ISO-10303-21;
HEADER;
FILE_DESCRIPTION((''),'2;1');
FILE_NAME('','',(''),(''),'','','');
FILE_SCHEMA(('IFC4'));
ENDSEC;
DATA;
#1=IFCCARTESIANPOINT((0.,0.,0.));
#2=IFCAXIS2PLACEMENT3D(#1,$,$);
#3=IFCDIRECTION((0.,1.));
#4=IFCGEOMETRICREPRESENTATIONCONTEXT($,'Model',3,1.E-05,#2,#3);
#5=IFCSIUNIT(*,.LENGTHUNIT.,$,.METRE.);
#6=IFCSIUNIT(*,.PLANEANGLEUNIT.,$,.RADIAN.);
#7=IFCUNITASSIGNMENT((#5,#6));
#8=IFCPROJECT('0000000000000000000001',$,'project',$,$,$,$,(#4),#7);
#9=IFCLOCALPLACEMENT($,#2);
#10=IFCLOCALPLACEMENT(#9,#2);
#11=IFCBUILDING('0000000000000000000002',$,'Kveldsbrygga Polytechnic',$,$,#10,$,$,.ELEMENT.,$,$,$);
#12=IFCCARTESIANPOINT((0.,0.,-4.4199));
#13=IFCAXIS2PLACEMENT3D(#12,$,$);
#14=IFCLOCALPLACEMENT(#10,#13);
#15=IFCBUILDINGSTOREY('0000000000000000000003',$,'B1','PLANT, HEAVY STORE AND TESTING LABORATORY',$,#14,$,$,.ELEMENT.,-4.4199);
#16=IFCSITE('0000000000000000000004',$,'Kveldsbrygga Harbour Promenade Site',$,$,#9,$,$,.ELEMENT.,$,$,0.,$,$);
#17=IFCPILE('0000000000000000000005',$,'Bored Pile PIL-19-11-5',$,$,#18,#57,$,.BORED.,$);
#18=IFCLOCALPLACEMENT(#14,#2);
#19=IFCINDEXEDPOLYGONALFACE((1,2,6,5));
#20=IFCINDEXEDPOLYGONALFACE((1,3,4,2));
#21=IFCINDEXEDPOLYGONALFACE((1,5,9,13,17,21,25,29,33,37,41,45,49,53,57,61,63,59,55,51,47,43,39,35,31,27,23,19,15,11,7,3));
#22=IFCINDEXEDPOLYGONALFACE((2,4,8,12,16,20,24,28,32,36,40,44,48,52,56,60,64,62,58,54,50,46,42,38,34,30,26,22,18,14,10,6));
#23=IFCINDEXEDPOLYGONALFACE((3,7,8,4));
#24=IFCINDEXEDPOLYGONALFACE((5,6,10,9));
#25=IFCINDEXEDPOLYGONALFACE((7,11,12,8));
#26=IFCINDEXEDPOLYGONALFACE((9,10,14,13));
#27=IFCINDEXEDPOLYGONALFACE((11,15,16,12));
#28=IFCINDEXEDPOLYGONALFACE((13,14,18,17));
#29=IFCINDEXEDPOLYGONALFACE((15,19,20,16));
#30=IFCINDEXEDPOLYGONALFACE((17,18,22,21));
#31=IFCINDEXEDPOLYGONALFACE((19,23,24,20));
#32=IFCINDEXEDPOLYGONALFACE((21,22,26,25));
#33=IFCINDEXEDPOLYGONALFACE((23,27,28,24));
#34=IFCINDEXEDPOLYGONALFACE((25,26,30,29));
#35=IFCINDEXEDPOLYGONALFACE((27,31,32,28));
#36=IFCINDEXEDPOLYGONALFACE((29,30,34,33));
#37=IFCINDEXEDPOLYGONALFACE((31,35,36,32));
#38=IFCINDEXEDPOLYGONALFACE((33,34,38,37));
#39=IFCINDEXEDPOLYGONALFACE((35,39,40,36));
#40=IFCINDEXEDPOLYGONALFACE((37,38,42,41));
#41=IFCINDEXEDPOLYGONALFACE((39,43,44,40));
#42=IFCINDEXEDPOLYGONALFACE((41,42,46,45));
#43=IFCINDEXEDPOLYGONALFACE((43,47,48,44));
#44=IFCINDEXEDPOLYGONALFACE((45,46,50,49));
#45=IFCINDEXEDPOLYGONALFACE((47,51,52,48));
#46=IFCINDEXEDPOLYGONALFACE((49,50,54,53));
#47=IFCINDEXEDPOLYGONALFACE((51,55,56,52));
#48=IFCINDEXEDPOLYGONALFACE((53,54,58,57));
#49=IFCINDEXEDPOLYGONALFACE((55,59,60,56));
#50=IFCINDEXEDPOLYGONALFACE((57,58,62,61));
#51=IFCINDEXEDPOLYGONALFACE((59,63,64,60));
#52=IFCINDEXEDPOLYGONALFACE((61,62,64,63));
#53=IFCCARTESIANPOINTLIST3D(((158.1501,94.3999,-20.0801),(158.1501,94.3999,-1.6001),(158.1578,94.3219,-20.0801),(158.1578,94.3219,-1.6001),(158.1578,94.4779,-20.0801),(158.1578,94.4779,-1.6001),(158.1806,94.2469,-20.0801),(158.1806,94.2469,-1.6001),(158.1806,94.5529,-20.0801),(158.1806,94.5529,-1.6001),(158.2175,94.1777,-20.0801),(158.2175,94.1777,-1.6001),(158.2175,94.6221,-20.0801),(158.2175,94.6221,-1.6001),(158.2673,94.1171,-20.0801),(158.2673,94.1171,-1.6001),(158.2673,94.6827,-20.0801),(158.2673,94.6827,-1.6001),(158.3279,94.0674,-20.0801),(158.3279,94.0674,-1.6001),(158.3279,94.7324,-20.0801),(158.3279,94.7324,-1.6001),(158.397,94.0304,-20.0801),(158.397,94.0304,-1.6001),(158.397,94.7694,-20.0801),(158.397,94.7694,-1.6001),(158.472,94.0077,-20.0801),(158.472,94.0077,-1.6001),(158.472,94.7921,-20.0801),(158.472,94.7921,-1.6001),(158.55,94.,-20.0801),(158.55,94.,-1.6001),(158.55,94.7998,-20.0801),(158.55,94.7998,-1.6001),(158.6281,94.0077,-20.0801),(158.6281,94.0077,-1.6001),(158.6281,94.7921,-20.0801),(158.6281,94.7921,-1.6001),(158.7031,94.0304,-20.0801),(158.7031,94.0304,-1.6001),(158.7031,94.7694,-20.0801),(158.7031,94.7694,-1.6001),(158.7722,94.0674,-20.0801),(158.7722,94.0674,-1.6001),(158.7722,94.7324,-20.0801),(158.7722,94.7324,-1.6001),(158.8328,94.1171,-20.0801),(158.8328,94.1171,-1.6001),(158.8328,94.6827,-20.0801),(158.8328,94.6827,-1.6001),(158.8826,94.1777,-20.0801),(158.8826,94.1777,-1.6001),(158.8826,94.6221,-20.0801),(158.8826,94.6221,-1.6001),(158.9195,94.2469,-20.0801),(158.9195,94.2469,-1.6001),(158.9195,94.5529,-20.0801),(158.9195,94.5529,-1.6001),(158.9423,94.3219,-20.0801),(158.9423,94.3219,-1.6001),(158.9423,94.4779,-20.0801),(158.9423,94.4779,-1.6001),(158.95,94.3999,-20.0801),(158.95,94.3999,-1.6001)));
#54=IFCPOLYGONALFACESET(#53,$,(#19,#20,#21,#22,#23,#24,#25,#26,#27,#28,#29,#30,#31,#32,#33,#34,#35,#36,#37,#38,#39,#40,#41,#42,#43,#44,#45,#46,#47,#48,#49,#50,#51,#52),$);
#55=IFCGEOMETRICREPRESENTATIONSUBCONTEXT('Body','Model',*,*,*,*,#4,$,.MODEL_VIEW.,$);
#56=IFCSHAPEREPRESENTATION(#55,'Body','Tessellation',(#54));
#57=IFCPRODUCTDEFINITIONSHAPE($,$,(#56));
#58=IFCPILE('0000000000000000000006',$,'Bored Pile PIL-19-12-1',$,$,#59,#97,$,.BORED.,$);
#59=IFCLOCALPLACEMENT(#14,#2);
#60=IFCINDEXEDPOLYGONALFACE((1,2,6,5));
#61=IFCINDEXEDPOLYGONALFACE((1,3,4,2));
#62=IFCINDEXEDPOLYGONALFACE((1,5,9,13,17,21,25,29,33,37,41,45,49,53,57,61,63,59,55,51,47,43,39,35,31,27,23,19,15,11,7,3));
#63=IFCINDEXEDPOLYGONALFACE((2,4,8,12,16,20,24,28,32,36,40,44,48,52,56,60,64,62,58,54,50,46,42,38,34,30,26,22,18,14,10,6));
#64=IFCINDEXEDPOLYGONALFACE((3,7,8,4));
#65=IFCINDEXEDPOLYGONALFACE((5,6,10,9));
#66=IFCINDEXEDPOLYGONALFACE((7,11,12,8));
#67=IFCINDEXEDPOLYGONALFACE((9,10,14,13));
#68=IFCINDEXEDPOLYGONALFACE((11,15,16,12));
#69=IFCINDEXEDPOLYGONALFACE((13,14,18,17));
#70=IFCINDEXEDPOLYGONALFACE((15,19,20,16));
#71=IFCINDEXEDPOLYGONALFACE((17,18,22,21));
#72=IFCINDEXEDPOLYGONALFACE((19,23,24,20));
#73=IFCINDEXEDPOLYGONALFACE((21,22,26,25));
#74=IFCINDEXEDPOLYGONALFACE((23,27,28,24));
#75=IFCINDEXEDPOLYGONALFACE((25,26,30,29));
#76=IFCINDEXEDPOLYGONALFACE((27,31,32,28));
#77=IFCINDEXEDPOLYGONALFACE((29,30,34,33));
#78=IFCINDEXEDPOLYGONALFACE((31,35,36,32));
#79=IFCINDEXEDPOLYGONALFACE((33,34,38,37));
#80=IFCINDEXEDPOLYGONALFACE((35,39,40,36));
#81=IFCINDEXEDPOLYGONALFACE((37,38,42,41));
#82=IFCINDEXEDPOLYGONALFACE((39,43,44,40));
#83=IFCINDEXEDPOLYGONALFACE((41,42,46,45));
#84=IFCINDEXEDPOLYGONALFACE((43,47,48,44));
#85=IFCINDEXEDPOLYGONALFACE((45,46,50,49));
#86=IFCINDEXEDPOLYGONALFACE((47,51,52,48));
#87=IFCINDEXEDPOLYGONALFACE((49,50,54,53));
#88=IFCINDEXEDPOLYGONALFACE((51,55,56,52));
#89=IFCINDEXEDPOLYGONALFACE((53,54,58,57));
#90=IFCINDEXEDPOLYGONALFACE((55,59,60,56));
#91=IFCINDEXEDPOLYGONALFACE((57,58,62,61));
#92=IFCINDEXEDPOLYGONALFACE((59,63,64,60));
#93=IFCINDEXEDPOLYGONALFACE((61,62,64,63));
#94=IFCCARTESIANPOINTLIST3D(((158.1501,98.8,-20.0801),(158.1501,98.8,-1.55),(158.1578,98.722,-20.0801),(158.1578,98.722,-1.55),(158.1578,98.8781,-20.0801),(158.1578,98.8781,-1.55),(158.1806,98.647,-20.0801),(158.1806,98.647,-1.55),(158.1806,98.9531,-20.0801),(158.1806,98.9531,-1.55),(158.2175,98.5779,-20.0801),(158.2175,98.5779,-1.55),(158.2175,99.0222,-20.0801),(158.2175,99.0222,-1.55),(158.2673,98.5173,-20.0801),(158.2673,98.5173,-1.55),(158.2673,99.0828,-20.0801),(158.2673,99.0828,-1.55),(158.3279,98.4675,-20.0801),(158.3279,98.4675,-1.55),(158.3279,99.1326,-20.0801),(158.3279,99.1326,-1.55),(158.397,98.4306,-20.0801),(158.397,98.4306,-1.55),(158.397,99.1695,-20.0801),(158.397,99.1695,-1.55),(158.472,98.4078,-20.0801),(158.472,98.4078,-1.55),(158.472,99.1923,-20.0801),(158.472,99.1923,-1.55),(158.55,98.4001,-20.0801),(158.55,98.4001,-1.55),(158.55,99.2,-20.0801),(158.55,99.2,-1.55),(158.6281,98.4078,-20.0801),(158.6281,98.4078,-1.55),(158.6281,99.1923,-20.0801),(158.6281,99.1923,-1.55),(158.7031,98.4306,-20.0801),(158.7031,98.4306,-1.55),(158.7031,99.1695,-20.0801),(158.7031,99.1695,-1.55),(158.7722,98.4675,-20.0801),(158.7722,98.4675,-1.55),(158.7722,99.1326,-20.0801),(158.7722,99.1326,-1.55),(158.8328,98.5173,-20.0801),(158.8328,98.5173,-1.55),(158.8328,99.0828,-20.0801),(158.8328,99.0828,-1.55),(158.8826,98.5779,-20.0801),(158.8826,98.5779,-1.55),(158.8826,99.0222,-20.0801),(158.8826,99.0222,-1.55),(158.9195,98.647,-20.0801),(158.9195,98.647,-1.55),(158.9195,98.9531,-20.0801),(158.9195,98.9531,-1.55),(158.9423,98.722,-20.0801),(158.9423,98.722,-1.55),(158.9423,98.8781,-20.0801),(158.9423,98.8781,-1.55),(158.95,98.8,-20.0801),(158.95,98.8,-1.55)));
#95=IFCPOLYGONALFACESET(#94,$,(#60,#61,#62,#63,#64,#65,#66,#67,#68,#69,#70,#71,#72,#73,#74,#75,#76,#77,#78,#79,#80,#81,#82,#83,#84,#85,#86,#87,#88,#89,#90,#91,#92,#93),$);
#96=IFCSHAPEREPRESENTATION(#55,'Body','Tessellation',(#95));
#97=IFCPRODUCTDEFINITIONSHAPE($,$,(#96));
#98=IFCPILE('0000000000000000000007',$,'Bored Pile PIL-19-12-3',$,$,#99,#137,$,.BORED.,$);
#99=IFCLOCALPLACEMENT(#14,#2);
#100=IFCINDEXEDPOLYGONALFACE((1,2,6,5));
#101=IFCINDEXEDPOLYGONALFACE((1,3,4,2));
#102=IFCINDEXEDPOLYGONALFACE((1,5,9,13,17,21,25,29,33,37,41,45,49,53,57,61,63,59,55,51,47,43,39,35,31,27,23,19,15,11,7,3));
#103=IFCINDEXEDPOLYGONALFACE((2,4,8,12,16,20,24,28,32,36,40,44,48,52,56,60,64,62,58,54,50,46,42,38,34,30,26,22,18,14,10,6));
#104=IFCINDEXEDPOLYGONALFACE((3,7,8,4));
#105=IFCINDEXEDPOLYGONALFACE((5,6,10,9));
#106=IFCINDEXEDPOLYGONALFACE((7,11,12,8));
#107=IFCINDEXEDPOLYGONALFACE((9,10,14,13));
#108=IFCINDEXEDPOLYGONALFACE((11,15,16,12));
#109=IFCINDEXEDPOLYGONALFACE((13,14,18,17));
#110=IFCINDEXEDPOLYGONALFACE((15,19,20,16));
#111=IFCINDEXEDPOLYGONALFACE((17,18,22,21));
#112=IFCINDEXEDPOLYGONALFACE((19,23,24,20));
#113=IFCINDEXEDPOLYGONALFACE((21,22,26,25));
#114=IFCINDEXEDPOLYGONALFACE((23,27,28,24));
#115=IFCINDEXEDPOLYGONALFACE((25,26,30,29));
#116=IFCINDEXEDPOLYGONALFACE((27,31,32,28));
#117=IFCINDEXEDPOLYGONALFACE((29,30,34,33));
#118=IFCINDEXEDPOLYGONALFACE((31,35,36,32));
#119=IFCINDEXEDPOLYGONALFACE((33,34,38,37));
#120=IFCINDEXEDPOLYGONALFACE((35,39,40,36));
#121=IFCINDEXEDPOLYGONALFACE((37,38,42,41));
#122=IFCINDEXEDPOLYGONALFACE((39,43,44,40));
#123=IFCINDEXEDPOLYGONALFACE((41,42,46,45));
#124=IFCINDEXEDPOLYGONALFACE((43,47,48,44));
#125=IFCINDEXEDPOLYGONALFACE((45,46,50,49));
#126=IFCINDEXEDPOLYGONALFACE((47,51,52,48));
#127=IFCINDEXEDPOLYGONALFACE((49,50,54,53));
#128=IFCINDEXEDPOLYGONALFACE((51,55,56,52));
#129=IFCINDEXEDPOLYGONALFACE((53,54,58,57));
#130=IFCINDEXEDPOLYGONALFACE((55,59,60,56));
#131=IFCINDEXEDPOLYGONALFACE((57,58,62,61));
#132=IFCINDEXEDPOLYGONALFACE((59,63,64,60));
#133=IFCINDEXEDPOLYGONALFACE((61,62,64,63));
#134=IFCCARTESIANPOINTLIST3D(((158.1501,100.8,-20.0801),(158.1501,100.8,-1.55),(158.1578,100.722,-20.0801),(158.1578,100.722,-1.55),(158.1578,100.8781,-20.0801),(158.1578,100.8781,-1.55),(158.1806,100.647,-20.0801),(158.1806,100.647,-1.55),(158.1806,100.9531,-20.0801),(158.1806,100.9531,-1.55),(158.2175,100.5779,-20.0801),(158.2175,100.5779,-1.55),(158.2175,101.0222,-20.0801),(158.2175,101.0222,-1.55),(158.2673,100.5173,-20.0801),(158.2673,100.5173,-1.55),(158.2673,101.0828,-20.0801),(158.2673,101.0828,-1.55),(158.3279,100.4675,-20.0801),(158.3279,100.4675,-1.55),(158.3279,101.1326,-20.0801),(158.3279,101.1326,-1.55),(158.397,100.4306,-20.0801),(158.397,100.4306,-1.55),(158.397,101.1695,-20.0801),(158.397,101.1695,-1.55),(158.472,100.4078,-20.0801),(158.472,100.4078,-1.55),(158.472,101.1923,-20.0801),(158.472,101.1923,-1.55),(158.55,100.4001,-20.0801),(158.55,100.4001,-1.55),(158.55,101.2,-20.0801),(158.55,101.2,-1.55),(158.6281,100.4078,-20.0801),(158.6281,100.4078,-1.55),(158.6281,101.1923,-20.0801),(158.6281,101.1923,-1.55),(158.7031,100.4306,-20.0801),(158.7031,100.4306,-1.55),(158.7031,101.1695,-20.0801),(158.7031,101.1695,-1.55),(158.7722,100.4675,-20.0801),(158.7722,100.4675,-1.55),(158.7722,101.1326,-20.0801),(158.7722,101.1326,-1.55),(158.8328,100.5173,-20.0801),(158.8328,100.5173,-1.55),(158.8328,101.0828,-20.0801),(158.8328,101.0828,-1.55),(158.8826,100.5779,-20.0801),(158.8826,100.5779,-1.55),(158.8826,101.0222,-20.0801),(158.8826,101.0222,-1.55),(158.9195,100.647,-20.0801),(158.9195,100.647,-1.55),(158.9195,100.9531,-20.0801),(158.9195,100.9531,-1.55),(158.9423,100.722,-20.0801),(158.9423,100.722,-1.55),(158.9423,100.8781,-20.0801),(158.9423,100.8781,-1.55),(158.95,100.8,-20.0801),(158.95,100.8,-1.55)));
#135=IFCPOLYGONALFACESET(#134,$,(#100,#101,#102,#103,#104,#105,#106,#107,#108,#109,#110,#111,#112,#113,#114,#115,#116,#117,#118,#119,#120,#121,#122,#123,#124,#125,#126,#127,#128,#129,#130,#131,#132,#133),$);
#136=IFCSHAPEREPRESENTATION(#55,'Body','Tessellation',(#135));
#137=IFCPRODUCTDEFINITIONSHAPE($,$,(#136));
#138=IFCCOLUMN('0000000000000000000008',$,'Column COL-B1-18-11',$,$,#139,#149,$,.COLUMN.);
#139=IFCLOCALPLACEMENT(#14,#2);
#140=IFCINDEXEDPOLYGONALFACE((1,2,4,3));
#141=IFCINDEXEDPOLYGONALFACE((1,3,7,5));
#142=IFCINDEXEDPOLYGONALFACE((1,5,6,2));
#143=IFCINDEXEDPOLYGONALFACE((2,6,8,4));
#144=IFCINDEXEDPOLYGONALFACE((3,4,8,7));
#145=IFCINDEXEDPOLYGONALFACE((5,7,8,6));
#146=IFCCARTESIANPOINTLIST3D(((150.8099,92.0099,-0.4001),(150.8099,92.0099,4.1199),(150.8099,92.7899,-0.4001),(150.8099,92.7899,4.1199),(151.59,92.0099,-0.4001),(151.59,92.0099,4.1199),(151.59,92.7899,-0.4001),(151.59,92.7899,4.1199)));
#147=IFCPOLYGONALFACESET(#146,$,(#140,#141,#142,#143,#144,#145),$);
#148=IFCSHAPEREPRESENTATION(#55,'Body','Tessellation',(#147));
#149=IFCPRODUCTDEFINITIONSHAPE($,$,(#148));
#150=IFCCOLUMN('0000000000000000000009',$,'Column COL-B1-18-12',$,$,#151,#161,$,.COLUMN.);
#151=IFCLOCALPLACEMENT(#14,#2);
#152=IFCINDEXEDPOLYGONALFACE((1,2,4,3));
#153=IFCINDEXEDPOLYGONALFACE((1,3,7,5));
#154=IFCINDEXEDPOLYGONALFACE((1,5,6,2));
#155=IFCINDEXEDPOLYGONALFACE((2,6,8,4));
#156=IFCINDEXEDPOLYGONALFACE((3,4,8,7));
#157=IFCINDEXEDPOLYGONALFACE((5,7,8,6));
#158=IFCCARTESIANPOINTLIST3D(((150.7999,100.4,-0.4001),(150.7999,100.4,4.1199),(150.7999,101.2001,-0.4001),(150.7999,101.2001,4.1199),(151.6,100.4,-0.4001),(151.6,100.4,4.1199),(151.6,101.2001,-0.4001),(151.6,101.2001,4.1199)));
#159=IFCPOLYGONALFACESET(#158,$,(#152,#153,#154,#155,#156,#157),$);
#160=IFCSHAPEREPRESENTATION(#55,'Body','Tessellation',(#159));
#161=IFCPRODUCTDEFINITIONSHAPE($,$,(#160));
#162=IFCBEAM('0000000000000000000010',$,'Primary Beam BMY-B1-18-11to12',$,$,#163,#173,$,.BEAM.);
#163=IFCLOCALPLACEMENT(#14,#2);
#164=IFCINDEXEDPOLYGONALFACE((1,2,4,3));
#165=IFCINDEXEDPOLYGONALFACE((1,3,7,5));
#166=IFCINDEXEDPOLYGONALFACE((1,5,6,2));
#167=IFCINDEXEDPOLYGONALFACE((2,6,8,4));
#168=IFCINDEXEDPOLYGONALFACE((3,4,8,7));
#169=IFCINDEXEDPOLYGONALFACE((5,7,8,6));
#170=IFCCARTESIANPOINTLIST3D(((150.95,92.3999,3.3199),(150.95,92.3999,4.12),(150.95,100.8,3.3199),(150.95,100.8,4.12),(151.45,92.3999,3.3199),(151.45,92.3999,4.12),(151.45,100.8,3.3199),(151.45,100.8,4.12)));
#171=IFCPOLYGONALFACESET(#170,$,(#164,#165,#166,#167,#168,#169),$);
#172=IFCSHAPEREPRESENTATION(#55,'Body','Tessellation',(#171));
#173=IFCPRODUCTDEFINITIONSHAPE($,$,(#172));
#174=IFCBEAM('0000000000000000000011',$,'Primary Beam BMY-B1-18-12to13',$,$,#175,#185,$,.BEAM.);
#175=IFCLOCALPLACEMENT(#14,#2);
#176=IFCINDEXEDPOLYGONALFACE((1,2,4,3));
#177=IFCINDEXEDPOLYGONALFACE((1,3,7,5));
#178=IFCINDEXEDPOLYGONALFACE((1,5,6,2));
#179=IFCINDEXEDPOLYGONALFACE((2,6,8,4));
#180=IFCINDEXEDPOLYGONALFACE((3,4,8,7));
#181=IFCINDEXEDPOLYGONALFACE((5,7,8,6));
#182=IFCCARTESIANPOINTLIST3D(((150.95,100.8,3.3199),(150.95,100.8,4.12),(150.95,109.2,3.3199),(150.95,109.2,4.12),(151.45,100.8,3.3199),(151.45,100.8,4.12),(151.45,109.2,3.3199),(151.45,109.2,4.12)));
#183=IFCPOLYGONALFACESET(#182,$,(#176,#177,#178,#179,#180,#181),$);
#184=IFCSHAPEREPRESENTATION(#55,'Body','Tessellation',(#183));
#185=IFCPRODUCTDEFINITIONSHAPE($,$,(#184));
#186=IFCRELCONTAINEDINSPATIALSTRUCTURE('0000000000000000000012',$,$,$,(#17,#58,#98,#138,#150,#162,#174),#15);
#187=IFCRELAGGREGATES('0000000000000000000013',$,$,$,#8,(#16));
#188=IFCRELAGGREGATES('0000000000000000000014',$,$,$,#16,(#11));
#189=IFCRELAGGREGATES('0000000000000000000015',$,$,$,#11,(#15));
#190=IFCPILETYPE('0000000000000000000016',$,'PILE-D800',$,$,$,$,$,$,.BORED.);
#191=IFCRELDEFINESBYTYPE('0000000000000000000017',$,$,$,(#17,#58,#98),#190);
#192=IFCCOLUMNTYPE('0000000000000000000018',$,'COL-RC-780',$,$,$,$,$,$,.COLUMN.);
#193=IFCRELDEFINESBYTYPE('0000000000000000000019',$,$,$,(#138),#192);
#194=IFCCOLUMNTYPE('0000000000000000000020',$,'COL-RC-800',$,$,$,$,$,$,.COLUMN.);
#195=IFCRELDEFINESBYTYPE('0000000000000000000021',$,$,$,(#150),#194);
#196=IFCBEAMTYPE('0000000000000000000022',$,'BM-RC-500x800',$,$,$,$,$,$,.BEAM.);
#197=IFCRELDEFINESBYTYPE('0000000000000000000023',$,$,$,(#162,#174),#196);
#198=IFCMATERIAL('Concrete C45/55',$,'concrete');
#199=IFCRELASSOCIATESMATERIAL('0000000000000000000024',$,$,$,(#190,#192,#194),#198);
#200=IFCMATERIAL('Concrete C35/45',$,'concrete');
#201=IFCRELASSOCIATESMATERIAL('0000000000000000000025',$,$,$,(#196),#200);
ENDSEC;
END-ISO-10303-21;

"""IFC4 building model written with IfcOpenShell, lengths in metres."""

from ifc_helpers import new_model, si_unit, direction, frame, origin, origin_2d, place, context, subcontext, project, spatial, rectangle, circle, extrude, material, material_profile, profile_set, type_object, element, save


model = new_model("IFC4")

# Units and contexts
model_context = context("Model", 3, precision=1e-05, world=origin(), true_north=direction((0.0, 1.0)))
body_context = subcontext(model_context, "Body", "Model", "MODEL_VIEW")
ifc_project = project(units=[si_unit("LENGTHUNIT", "METRE"), si_unit("PLANEANGLEUNIT", "RADIAN")], contexts=[model_context])

# Site, building, storey
site_placement = place(None, origin())
site = spatial("IfcSite", under=ifc_project, at=site_placement, Name="Kveldsbrygga Harbour Promenade Site", CompositionType="ELEMENT", RefElevation=0.0)
building_placement = place(site_placement, origin())
building = spatial("IfcBuilding", under=site, at=building_placement, Name="Kveldsbrygga Polytechnic", CompositionType="ELEMENT")
storey_placement = place(building_placement, frame((0.0, 0.0, -4.4199)))
storey = spatial("IfcBuildingStorey", under=building, at=storey_placement, Name="B1", Description="PLANT, HEAVY STORE AND TESTING LABORATORY", CompositionType="ELEMENT", Elevation=-4.4199)

# Shared definitions
ifc_material_1 = material(Name="Concrete C45/55", Category="concrete")

# Piles
ifc_material_profile_1 = material_profile(ifc_material_1, circle(Radius=0.3999, at=origin_2d()), Name="PILE D800")
ifc_profile_set_1 = profile_set([ifc_material_profile_1], Name="Concrete C45/55")
pile_type = type_object("IfcPileType", Name="PILE-D800", PredefinedType="BORED", material=ifc_profile_set_1)
for number, where, z_axis, x_axis, name in (
    (1, (158.55, 94.3999, -1.6001), (0.0, 0.0, -1.0), (1.0, 0.0, 0.0), "Bored Pile PIL-19-11-5"),
):
    element("IfcPile", number, at=place(storey_placement, frame(where, z_axis=z_axis, x_axis=x_axis)), inside=storey, type_object=pile_type, Name=name, PredefinedType="BORED", context=body_context, shape_type="SweptSolid", body=[
        extrude(circle(Radius=0.3999, at=origin_2d()), origin(), (0.0, 0.0, 1.0), 18.48),
    ])
for number, where, z_axis, x_axis, name in (
    (2, (158.55, 98.8, -1.55), (0.0, 0.0, -1.0), (1.0, 0.0, 0.0), "Bored Pile PIL-19-12-1"),
    (3, (158.55, 100.8, -1.55), (0.0, 0.0, -1.0), (1.0, 0.0, 0.0), "Bored Pile PIL-19-12-3"),
):
    element("IfcPile", number, at=place(storey_placement, frame(where, z_axis=z_axis, x_axis=x_axis)), inside=storey, type_object=pile_type, Name=name, PredefinedType="BORED", context=body_context, shape_type="SweptSolid", body=[
        extrude(circle(Radius=0.3999, at=origin_2d()), origin(), (0.0, 0.0, 1.0), 18.53),
    ])

# Columns
ifc_material_profile_2 = material_profile(ifc_material_1, rectangle(XDim=0.78, YDim=0.78, at=origin_2d()), Name="RC 780x780")
ifc_profile_set_2 = profile_set([ifc_material_profile_2], Name="Concrete C45/55")
column_type_1 = type_object("IfcColumnType", Name="COL-RC-780", PredefinedType="COLUMN", material=ifc_profile_set_2)
column_1_placement = place(storey_placement, frame((151.2, 92.3999, -0.4001), z_axis=(0.0, 0.0, 1.0), x_axis=(1.0, 0.0, 0.0)))
element("IfcColumn", 4, at=column_1_placement, inside=storey, type_object=column_type_1, Name="Column COL-B1-18-11", PredefinedType="COLUMN", context=body_context, shape_type="SweptSolid", body=[
    extrude(rectangle(XDim=0.78, YDim=0.78, at=origin_2d()), origin(), (0.0, 0.0, 1.0), 4.52),
])
ifc_material_profile_3 = material_profile(ifc_material_1, rectangle(XDim=0.8, YDim=0.8, at=origin_2d()), Name="RC 800x800")
ifc_profile_set_3 = profile_set([ifc_material_profile_3], Name="Concrete C45/55")
column_type_2 = type_object("IfcColumnType", Name="COL-RC-800", PredefinedType="COLUMN", material=ifc_profile_set_3)
column_2_placement = place(storey_placement, frame((151.2, 100.8, -0.4001), z_axis=(0.0, 0.0, 1.0), x_axis=(1.0, 0.0, 0.0)))
element("IfcColumn", 5, at=column_2_placement, inside=storey, type_object=column_type_2, Name="Column COL-B1-18-12", PredefinedType="COLUMN", context=body_context, shape_type="SweptSolid", body=[
    extrude(rectangle(XDim=0.8, YDim=0.8, at=origin_2d()), origin(), (0.0, 0.0, 1.0), 4.52),
])

# Beams
ifc_material_2 = material(Name="Concrete C35/45", Category="concrete")
ifc_material_profile_4 = material_profile(ifc_material_2, rectangle(XDim=0.5, YDim=0.8, at=origin_2d()), Name="RC 500x800")
ifc_profile_set_4 = profile_set([ifc_material_profile_4], Name="Concrete C35/45")
beam_type_1 = type_object("IfcBeamType", Name="BM-RC-500x800", PredefinedType="BEAM", material=ifc_profile_set_4)
beam_1_placement = place(storey_placement, frame((151.2, 92.3999, 3.72), z_axis=(0.0, 1.0, 0.0), x_axis=(-1.0, 0.0, 0.0)))
element("IfcBeam", 6, at=beam_1_placement, inside=storey, type_object=beam_type_1, Name="Primary Beam BMY-B1-18-11to12", PredefinedType="BEAM", context=body_context, shape_type="SweptSolid", body=[
    extrude(rectangle(XDim=0.5, YDim=0.8, at=origin_2d()), origin(), (0.0, 0.0, 1.0), 8.4001),
])
beam_2_placement = place(storey_placement, frame((151.2, 100.8, 3.72), z_axis=(0.0, 1.0, 0.0), x_axis=(-1.0, 0.0, 0.0)))
element("IfcBeam", 7, at=beam_2_placement, inside=storey, type_object=beam_type_1, Name="Primary Beam BMY-B1-18-12to13", PredefinedType="BEAM", context=body_context, shape_type="SweptSolid", body=[
    extrude(rectangle(XDim=0.5, YDim=0.8, at=origin_2d()), origin(), (0.0, 0.0, 1.0), 8.3999),
])

save(model, "model.ifc")
